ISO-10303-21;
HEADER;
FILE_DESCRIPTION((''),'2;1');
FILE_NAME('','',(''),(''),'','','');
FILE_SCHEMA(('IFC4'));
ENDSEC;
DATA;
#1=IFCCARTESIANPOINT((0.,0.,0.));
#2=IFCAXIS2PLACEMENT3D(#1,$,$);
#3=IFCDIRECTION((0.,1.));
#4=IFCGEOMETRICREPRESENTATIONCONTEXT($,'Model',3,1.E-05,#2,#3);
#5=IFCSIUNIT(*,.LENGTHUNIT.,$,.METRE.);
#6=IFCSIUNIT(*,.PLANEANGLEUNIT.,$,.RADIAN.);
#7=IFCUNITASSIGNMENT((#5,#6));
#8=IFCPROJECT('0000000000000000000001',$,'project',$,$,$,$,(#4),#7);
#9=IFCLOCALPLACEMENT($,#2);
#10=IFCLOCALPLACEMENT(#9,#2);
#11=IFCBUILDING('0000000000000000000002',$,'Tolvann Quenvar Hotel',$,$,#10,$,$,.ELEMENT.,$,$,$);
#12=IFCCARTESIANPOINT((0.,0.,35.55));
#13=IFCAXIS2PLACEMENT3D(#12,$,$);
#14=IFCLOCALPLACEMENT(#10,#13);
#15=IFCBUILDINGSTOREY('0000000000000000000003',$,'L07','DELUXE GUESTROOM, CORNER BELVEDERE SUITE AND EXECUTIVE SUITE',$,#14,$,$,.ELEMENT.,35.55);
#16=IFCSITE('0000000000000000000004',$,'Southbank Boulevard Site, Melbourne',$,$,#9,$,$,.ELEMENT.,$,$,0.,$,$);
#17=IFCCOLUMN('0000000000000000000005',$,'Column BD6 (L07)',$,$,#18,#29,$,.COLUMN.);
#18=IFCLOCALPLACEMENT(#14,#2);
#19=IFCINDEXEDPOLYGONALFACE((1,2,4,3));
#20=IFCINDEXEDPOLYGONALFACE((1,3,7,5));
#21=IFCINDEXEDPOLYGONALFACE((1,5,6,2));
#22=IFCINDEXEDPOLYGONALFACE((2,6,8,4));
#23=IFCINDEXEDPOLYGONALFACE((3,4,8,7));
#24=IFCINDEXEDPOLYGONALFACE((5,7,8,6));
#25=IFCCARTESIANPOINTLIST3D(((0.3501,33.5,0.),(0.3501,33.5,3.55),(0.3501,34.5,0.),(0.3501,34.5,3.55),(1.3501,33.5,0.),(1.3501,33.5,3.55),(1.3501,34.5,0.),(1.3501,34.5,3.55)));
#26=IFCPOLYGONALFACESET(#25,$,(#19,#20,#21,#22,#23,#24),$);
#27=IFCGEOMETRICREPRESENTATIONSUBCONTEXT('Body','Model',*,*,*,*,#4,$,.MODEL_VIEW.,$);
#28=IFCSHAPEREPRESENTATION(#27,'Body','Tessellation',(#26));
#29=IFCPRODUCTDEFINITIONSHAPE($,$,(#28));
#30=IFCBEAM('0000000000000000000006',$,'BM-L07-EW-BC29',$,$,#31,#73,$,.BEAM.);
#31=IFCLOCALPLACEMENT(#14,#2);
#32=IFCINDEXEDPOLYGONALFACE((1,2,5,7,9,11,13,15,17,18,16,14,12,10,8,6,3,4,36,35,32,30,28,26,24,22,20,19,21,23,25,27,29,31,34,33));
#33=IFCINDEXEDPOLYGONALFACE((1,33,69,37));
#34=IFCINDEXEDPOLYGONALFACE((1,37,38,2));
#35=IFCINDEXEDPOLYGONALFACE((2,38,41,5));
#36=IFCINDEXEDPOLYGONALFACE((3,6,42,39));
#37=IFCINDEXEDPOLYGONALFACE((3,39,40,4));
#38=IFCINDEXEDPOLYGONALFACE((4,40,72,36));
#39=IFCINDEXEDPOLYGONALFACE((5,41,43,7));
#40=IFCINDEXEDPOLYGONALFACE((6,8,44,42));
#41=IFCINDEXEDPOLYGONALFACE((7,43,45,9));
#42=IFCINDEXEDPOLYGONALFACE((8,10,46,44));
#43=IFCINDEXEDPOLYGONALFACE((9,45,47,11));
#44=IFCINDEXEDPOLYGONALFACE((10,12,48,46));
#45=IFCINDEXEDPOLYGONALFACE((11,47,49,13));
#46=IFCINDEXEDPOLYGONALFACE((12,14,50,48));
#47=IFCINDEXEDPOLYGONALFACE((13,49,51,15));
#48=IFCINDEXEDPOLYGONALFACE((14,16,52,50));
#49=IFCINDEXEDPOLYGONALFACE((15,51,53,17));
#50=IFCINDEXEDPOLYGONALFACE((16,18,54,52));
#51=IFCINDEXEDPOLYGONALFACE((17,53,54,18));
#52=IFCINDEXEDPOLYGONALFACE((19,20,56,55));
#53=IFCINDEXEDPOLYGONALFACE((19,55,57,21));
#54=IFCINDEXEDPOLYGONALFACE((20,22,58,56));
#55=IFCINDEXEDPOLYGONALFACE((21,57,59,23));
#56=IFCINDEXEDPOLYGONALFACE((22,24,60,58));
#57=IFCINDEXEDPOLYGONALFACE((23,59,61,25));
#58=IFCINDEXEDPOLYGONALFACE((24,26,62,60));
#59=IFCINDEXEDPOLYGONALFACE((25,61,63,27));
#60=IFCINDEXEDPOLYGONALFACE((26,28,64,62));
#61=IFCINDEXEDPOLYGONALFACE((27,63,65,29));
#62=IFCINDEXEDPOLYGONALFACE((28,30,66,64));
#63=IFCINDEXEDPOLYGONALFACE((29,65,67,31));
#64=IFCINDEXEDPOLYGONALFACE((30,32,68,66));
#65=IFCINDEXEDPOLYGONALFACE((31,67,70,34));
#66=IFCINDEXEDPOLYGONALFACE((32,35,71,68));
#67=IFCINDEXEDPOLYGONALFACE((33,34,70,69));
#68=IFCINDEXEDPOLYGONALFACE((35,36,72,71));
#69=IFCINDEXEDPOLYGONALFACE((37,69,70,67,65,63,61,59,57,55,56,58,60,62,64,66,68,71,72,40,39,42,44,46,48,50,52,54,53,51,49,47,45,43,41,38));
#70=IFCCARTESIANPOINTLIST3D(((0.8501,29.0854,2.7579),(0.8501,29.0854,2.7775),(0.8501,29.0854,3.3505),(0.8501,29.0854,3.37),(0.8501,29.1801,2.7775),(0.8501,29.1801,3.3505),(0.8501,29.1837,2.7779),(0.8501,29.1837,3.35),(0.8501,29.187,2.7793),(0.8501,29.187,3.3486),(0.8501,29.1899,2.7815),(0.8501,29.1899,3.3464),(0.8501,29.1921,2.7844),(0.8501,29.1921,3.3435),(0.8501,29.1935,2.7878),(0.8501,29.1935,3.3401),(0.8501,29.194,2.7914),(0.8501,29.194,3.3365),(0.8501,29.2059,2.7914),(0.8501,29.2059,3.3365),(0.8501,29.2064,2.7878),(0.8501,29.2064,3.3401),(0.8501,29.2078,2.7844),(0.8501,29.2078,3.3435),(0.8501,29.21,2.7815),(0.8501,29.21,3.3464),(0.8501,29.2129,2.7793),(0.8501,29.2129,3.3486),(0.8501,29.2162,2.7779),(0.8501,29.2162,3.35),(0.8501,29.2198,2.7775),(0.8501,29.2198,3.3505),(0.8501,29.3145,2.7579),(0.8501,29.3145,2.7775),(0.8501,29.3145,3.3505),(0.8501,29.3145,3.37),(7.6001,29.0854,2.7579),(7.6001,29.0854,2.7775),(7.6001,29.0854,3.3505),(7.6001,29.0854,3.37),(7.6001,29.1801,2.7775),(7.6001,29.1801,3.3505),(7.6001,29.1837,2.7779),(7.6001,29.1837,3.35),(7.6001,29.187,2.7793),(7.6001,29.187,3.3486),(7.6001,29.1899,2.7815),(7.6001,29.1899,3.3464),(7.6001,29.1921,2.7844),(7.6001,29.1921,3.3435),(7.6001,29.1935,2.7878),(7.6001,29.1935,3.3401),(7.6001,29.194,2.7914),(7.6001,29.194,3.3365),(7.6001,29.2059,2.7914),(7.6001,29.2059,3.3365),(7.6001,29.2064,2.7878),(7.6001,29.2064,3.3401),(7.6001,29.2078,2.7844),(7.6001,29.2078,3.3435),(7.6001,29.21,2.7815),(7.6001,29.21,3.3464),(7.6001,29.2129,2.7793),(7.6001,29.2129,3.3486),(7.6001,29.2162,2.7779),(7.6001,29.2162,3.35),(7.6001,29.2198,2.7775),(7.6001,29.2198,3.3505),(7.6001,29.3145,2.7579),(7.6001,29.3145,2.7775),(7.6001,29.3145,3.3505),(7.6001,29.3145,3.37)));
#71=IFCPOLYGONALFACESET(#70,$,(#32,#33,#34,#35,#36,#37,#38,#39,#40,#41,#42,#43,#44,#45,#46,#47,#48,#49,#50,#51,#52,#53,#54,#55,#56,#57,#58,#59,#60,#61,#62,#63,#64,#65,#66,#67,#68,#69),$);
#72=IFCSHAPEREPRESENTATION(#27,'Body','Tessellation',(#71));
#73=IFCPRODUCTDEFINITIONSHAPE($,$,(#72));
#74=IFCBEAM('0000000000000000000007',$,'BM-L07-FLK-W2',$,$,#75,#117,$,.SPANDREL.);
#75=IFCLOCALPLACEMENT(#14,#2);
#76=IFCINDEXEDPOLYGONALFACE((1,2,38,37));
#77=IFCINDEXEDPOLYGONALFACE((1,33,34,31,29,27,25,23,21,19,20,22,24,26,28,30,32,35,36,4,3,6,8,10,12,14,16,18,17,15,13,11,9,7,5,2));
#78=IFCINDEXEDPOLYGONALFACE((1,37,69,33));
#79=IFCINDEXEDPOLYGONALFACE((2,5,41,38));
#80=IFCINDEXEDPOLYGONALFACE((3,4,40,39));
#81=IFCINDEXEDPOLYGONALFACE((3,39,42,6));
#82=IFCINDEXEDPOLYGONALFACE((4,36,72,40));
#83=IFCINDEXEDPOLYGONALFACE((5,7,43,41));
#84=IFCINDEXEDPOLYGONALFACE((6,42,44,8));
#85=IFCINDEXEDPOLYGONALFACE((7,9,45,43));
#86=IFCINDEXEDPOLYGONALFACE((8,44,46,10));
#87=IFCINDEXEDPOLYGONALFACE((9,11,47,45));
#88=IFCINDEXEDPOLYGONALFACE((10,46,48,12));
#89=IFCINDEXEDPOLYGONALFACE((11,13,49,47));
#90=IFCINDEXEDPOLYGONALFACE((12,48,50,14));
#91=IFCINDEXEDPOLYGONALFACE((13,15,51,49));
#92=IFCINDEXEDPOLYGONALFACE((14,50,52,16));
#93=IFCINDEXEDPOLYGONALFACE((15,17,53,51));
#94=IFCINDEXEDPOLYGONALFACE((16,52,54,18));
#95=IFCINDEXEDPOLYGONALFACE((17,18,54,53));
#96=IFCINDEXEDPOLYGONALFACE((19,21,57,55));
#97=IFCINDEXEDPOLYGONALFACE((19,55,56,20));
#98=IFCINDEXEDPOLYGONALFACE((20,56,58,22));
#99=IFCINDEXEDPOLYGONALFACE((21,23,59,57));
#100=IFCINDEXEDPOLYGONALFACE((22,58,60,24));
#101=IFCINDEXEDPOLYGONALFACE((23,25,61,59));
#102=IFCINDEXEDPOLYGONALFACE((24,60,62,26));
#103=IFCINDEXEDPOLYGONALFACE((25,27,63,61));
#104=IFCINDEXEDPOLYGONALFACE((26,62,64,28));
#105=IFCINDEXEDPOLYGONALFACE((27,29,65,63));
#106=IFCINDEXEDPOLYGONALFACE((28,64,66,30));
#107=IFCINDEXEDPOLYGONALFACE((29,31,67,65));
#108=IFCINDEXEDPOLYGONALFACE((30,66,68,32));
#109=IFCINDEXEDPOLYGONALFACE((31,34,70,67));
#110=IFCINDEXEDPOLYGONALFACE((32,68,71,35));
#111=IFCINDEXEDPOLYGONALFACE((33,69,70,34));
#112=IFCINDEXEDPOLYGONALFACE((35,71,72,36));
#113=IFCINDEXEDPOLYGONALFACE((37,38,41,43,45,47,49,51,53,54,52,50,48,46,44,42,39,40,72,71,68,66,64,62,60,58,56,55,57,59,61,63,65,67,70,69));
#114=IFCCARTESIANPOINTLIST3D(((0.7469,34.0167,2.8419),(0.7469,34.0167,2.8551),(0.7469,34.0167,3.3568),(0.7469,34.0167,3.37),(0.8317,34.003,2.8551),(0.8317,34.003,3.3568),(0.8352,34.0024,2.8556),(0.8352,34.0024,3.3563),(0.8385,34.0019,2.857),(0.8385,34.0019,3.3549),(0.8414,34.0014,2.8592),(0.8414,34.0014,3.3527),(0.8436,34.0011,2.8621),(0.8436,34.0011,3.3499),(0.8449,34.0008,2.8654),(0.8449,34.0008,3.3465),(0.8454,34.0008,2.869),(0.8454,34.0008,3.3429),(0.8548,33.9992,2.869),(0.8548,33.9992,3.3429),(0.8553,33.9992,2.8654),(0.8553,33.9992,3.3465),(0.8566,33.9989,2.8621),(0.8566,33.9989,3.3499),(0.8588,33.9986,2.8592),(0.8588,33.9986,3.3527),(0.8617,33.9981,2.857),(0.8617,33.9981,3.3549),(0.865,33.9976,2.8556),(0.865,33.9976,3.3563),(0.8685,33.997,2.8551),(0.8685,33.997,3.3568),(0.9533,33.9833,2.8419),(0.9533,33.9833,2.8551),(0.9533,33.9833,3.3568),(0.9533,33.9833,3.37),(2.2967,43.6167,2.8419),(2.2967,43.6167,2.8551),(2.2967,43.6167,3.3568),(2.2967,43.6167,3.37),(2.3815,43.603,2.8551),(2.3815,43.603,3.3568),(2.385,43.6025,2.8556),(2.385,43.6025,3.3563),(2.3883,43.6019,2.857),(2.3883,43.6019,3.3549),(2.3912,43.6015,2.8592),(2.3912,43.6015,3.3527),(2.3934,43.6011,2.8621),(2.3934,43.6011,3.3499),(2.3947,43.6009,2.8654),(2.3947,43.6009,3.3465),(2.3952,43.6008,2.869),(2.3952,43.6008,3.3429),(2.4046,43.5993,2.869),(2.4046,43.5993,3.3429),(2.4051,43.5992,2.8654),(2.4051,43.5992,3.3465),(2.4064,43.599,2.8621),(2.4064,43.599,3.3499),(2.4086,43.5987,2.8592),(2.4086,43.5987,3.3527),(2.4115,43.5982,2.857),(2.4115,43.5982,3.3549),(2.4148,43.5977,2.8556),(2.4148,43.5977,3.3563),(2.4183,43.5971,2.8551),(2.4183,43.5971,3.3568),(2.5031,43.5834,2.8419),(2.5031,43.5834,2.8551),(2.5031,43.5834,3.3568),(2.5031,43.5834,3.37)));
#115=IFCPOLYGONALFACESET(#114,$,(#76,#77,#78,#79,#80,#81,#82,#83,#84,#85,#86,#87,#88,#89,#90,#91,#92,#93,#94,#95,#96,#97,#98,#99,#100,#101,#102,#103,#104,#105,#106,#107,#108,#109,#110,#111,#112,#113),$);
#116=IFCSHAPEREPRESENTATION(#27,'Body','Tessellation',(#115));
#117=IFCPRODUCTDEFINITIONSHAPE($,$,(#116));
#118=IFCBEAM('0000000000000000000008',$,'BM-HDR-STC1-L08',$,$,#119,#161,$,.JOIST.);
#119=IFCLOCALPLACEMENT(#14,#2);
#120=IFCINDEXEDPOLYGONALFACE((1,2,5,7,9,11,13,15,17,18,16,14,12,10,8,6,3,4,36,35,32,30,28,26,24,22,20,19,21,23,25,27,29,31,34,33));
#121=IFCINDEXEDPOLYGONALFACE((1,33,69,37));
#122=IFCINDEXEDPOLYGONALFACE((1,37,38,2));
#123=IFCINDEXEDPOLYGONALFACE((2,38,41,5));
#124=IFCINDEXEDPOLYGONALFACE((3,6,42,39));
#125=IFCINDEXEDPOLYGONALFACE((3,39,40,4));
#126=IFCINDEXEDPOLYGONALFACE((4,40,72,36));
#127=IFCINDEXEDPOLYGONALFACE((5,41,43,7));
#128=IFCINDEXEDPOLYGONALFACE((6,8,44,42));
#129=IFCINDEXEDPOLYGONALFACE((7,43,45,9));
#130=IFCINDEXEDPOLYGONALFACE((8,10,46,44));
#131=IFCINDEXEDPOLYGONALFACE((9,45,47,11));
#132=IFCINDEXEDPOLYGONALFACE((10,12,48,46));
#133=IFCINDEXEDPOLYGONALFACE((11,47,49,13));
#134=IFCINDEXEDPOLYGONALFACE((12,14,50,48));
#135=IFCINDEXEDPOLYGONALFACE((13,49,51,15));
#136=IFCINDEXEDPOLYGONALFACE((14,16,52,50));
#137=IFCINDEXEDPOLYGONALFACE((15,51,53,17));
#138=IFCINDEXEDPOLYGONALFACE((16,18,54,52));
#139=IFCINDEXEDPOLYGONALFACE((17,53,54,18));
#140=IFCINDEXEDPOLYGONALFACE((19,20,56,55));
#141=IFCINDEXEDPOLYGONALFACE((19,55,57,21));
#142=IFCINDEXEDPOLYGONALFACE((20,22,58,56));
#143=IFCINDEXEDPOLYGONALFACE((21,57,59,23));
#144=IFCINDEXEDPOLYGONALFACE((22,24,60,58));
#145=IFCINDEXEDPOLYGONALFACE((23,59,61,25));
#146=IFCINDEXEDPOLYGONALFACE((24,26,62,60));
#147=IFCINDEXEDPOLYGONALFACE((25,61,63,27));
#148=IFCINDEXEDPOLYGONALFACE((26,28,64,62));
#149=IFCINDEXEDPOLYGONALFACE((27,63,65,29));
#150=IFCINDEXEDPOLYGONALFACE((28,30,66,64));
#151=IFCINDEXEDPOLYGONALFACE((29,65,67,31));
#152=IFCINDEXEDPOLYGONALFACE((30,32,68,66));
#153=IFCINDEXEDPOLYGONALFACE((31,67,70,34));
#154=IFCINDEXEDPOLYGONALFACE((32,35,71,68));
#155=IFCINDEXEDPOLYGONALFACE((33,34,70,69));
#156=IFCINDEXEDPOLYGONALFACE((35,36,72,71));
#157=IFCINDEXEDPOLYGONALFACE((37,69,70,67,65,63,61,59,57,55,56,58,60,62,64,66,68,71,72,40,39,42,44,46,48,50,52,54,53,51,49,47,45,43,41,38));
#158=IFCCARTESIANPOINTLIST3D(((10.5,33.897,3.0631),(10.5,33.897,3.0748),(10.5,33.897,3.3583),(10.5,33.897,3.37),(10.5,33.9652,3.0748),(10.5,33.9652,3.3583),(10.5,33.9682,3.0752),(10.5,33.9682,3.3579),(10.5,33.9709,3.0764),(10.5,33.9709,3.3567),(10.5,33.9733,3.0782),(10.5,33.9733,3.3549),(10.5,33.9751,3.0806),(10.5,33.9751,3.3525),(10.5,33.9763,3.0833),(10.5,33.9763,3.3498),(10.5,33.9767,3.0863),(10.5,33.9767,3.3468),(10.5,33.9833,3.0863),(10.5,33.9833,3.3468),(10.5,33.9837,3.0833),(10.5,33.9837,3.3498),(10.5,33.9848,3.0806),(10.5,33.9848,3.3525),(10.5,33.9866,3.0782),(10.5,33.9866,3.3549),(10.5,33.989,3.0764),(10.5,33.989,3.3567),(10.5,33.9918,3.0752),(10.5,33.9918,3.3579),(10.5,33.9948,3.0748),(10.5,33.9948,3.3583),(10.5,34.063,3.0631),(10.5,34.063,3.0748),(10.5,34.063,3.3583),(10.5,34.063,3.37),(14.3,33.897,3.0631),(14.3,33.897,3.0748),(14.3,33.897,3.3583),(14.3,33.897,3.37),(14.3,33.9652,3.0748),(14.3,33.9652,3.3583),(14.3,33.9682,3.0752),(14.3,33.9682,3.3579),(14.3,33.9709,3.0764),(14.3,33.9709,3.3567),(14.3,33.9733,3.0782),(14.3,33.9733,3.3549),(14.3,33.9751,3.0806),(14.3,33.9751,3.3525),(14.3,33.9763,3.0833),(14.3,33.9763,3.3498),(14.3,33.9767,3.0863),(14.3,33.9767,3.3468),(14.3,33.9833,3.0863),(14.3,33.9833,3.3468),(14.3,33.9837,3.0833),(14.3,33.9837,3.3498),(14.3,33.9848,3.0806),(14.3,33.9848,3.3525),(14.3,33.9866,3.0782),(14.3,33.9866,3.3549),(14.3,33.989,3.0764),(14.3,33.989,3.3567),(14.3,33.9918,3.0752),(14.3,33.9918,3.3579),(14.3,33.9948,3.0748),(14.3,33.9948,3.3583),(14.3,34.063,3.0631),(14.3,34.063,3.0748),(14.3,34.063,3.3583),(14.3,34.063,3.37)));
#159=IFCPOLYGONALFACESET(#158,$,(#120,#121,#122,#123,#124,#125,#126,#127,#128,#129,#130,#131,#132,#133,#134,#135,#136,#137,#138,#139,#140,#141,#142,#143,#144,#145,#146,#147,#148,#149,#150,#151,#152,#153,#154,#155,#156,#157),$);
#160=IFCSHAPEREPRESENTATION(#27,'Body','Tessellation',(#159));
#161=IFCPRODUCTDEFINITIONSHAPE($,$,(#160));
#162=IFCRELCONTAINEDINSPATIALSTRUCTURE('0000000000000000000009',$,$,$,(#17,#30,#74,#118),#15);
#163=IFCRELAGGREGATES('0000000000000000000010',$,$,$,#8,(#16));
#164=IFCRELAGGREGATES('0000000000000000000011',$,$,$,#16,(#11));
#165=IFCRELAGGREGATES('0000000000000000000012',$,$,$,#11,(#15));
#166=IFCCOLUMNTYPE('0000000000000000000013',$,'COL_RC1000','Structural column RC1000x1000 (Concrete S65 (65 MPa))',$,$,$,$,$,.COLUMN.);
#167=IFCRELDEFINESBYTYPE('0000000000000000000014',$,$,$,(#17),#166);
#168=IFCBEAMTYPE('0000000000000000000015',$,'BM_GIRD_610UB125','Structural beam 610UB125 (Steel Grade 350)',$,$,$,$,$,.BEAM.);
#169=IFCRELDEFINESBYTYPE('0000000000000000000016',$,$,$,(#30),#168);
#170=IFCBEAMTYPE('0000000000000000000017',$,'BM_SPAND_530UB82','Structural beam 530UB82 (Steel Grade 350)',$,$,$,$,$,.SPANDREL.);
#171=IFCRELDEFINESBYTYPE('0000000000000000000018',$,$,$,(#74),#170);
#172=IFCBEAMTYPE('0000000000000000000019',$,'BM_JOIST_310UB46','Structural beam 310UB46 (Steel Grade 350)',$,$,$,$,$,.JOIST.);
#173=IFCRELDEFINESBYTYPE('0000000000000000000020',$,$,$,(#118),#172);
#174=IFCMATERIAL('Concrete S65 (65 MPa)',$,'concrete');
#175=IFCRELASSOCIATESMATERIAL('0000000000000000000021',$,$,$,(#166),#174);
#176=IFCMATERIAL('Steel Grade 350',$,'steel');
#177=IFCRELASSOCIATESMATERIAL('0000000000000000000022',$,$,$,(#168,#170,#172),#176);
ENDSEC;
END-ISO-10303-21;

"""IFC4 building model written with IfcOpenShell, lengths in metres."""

from ifc_helpers import new_model, si_unit, direction, frame, origin, origin_2d, place, context, subcontext, project, spatial, rectangle, i_section, extrude, source, transform, mapped, material, material_profile, profile_set, type_object, type_shapes, element, save


model = new_model("IFC4")

# Units and contexts
model_context = context("Model", 3, precision=1e-05, world=origin(), true_north=direction((0.0, 1.0)))
body_context = subcontext(model_context, "Body", "Model", "MODEL_VIEW")
ifc_project = project(units=[si_unit("LENGTHUNIT", "METRE"), si_unit("PLANEANGLEUNIT", "RADIAN")], contexts=[model_context])

# Site, building, storey
site_placement = place(None, origin())
site = spatial("IfcSite", under=ifc_project, at=site_placement, Name="Southbank Boulevard Site, Melbourne", CompositionType="ELEMENT", RefElevation=0.0)
building_placement = place(site_placement, origin())
building = spatial("IfcBuilding", under=site, at=building_placement, Name="Tolvann Quenvar Hotel", CompositionType="ELEMENT")
storey_placement = place(building_placement, frame((0.0, 0.0, 35.55)))
storey = spatial("IfcBuildingStorey", under=building, at=storey_placement, Name="L07", Description="DELUXE GUESTROOM, CORNER BELVEDERE SUITE AND EXECUTIVE SUITE", CompositionType="ELEMENT", Elevation=35.55)

# Column
ifc_material_1 = material(Name="Concrete S65 (65 MPa)", Category="concrete")
ifc_material_profile_1 = material_profile(ifc_material_1, rectangle(XDim=1.0, YDim=1.0, at=origin_2d()), Name="RC1000x1000")
ifc_profile_set_1 = profile_set([ifc_material_profile_1], Name="Concrete S65 (65 MPa)")
column_type = type_object("IfcColumnType", Name="COL_RC1000", Description="Structural column RC1000x1000 (Concrete S65 (65 MPa))", PredefinedType="COLUMN", material=ifc_profile_set_1)
shared_shape_1 = source(origin(), body_context, "Body", "SweptSolid", [
    extrude(rectangle(XDim=1.0, YDim=1.0, at=origin_2d()), origin(), (0.0, 0.0, 1.0), 3.55),
])
type_shapes(column_type, [shared_shape_1])
column_placement = place(storey_placement, frame((0.8501, 34.0, 0.0), z_axis=(0.0, 0.0, 1.0), x_axis=(1.0, 0.0, 0.0)))
element("IfcColumn", 1, at=column_placement, inside=storey, type_object=column_type, Name="Column BD6 (L07)", PredefinedType="COLUMN", context=body_context, shape_type="MappedRepresentation", body=[
    mapped(shared_shape_1, transform((0.0, 0.0, 0.0), x_axis=(1.0, 0.0, 0.0), y_axis=(0.0, 1.0, 0.0), z_axis=(0.0, 0.0, 1.0), scale=1.0)),
])

# Beams
ifc_material_2 = material(Name="Steel Grade 350", Category="steel")
ifc_material_profile_2 = material_profile(ifc_material_2, i_section(OverallWidth=0.229, OverallDepth=0.6121, WebThickness=0.012, FlangeThickness=0.0195, FilletRadius=0.0139, at=origin_2d()), Name="610UB125")
ifc_profile_set_2 = profile_set([ifc_material_profile_2], Name="Steel Grade 350")
beam_type_1 = type_object("IfcBeamType", Name="BM_GIRD_610UB125", Description="Structural beam 610UB125 (Steel Grade 350)", PredefinedType="BEAM", material=ifc_profile_set_2)
shared_shape_2 = source(origin(), body_context, "Body", "SweptSolid", [
    extrude(i_section(OverallWidth=0.229, OverallDepth=0.6121, WebThickness=0.012, FlangeThickness=0.0195, FilletRadius=0.0139, at=origin_2d()), origin(), (0.0, 0.0, 1.0), 6.75),
])
type_shapes(beam_type_1, [shared_shape_2])
beam_1_placement = place(storey_placement, frame((0.8501, 29.2, 3.064), z_axis=(1.0, 0.0, 0.0), x_axis=(0.0, 1.0, 0.0)))
element("IfcBeam", 2, at=beam_1_placement, inside=storey, type_object=beam_type_1, Name="BM-L07-EW-BC29", PredefinedType="BEAM", context=body_context, shape_type="MappedRepresentation", body=[
    mapped(shared_shape_2, transform((0.0, 0.0, 0.0), x_axis=(1.0, 0.0, 0.0), y_axis=(0.0, 1.0, 0.0), z_axis=(0.0, 0.0, 1.0), scale=1.0)),
])
ifc_material_profile_3 = material_profile(ifc_material_2, i_section(OverallWidth=0.209, OverallDepth=0.5281, WebThickness=0.0095, FlangeThickness=0.0132, FilletRadius=0.0139, at=origin_2d()), Name="530UB82")
ifc_profile_set_3 = profile_set([ifc_material_profile_3], Name="Steel Grade 350")
beam_type_2 = type_object("IfcBeamType", Name="BM_SPAND_530UB82", Description="Structural beam 530UB82 (Steel Grade 350)", PredefinedType="SPANDREL", material=ifc_profile_set_3)
shared_shape_3 = source(origin(), body_context, "Body", "SweptSolid", [
    extrude(i_section(OverallWidth=0.209, OverallDepth=0.5281, WebThickness=0.0095, FlangeThickness=0.0132, FilletRadius=0.0139, at=origin_2d()), origin(), (0.0, 0.0, 1.0), 9.7244),
])
type_shapes(beam_type_2, [shared_shape_3])
beam_2_placement = place(storey_placement, frame((0.8501, 34.0, 3.106), z_axis=(0.159373, 0.987218, 0.0), x_axis=(-0.987218, 0.159373, 0.0)))
element("IfcBeam", 3, at=beam_2_placement, inside=storey, type_object=beam_type_2, Name="BM-L07-FLK-W2", PredefinedType="SPANDREL", context=body_context, shape_type="MappedRepresentation", body=[
    mapped(shared_shape_3, transform((0.0, 0.0, 0.0), x_axis=(1.0, 0.0, 0.0), y_axis=(0.0, 1.0, 0.0), z_axis=(0.0, 0.0, 1.0), scale=1.0)),
])
ifc_material_profile_4 = material_profile(ifc_material_2, i_section(OverallWidth=0.166, OverallDepth=0.3069, WebThickness=0.0066, FlangeThickness=0.0117, FilletRadius=0.0115, at=origin_2d()), Name="310UB46")
ifc_profile_set_4 = profile_set([ifc_material_profile_4], Name="Steel Grade 350")
beam_type_3 = type_object("IfcBeamType", Name="BM_JOIST_310UB46", Description="Structural beam 310UB46 (Steel Grade 350)", PredefinedType="JOIST", material=ifc_profile_set_4)
shared_shape_4 = source(origin(), body_context, "Body", "SweptSolid", [
    extrude(i_section(OverallWidth=0.166, OverallDepth=0.3069, WebThickness=0.0066, FlangeThickness=0.0117, FilletRadius=0.0115, at=origin_2d()), origin(), (0.0, 0.0, 1.0), 3.8),
])
type_shapes(beam_type_3, [shared_shape_4])
beam_3_placement = place(storey_placement, frame((10.5, 33.98, 3.2166), z_axis=(1.0, 0.0, 0.0), x_axis=(0.0, 1.0, 0.0)))
element("IfcBeam", 4, at=beam_3_placement, inside=storey, type_object=beam_type_3, Name="BM-HDR-STC1-L08", PredefinedType="JOIST", context=body_context, shape_type="MappedRepresentation", body=[
    mapped(shared_shape_4, transform((0.0, 0.0, 0.0), x_axis=(1.0, 0.0, 0.0), y_axis=(0.0, 1.0, 0.0), z_axis=(0.0, 0.0, 1.0), scale=1.0)),
])

save(model, "model.ifc")
